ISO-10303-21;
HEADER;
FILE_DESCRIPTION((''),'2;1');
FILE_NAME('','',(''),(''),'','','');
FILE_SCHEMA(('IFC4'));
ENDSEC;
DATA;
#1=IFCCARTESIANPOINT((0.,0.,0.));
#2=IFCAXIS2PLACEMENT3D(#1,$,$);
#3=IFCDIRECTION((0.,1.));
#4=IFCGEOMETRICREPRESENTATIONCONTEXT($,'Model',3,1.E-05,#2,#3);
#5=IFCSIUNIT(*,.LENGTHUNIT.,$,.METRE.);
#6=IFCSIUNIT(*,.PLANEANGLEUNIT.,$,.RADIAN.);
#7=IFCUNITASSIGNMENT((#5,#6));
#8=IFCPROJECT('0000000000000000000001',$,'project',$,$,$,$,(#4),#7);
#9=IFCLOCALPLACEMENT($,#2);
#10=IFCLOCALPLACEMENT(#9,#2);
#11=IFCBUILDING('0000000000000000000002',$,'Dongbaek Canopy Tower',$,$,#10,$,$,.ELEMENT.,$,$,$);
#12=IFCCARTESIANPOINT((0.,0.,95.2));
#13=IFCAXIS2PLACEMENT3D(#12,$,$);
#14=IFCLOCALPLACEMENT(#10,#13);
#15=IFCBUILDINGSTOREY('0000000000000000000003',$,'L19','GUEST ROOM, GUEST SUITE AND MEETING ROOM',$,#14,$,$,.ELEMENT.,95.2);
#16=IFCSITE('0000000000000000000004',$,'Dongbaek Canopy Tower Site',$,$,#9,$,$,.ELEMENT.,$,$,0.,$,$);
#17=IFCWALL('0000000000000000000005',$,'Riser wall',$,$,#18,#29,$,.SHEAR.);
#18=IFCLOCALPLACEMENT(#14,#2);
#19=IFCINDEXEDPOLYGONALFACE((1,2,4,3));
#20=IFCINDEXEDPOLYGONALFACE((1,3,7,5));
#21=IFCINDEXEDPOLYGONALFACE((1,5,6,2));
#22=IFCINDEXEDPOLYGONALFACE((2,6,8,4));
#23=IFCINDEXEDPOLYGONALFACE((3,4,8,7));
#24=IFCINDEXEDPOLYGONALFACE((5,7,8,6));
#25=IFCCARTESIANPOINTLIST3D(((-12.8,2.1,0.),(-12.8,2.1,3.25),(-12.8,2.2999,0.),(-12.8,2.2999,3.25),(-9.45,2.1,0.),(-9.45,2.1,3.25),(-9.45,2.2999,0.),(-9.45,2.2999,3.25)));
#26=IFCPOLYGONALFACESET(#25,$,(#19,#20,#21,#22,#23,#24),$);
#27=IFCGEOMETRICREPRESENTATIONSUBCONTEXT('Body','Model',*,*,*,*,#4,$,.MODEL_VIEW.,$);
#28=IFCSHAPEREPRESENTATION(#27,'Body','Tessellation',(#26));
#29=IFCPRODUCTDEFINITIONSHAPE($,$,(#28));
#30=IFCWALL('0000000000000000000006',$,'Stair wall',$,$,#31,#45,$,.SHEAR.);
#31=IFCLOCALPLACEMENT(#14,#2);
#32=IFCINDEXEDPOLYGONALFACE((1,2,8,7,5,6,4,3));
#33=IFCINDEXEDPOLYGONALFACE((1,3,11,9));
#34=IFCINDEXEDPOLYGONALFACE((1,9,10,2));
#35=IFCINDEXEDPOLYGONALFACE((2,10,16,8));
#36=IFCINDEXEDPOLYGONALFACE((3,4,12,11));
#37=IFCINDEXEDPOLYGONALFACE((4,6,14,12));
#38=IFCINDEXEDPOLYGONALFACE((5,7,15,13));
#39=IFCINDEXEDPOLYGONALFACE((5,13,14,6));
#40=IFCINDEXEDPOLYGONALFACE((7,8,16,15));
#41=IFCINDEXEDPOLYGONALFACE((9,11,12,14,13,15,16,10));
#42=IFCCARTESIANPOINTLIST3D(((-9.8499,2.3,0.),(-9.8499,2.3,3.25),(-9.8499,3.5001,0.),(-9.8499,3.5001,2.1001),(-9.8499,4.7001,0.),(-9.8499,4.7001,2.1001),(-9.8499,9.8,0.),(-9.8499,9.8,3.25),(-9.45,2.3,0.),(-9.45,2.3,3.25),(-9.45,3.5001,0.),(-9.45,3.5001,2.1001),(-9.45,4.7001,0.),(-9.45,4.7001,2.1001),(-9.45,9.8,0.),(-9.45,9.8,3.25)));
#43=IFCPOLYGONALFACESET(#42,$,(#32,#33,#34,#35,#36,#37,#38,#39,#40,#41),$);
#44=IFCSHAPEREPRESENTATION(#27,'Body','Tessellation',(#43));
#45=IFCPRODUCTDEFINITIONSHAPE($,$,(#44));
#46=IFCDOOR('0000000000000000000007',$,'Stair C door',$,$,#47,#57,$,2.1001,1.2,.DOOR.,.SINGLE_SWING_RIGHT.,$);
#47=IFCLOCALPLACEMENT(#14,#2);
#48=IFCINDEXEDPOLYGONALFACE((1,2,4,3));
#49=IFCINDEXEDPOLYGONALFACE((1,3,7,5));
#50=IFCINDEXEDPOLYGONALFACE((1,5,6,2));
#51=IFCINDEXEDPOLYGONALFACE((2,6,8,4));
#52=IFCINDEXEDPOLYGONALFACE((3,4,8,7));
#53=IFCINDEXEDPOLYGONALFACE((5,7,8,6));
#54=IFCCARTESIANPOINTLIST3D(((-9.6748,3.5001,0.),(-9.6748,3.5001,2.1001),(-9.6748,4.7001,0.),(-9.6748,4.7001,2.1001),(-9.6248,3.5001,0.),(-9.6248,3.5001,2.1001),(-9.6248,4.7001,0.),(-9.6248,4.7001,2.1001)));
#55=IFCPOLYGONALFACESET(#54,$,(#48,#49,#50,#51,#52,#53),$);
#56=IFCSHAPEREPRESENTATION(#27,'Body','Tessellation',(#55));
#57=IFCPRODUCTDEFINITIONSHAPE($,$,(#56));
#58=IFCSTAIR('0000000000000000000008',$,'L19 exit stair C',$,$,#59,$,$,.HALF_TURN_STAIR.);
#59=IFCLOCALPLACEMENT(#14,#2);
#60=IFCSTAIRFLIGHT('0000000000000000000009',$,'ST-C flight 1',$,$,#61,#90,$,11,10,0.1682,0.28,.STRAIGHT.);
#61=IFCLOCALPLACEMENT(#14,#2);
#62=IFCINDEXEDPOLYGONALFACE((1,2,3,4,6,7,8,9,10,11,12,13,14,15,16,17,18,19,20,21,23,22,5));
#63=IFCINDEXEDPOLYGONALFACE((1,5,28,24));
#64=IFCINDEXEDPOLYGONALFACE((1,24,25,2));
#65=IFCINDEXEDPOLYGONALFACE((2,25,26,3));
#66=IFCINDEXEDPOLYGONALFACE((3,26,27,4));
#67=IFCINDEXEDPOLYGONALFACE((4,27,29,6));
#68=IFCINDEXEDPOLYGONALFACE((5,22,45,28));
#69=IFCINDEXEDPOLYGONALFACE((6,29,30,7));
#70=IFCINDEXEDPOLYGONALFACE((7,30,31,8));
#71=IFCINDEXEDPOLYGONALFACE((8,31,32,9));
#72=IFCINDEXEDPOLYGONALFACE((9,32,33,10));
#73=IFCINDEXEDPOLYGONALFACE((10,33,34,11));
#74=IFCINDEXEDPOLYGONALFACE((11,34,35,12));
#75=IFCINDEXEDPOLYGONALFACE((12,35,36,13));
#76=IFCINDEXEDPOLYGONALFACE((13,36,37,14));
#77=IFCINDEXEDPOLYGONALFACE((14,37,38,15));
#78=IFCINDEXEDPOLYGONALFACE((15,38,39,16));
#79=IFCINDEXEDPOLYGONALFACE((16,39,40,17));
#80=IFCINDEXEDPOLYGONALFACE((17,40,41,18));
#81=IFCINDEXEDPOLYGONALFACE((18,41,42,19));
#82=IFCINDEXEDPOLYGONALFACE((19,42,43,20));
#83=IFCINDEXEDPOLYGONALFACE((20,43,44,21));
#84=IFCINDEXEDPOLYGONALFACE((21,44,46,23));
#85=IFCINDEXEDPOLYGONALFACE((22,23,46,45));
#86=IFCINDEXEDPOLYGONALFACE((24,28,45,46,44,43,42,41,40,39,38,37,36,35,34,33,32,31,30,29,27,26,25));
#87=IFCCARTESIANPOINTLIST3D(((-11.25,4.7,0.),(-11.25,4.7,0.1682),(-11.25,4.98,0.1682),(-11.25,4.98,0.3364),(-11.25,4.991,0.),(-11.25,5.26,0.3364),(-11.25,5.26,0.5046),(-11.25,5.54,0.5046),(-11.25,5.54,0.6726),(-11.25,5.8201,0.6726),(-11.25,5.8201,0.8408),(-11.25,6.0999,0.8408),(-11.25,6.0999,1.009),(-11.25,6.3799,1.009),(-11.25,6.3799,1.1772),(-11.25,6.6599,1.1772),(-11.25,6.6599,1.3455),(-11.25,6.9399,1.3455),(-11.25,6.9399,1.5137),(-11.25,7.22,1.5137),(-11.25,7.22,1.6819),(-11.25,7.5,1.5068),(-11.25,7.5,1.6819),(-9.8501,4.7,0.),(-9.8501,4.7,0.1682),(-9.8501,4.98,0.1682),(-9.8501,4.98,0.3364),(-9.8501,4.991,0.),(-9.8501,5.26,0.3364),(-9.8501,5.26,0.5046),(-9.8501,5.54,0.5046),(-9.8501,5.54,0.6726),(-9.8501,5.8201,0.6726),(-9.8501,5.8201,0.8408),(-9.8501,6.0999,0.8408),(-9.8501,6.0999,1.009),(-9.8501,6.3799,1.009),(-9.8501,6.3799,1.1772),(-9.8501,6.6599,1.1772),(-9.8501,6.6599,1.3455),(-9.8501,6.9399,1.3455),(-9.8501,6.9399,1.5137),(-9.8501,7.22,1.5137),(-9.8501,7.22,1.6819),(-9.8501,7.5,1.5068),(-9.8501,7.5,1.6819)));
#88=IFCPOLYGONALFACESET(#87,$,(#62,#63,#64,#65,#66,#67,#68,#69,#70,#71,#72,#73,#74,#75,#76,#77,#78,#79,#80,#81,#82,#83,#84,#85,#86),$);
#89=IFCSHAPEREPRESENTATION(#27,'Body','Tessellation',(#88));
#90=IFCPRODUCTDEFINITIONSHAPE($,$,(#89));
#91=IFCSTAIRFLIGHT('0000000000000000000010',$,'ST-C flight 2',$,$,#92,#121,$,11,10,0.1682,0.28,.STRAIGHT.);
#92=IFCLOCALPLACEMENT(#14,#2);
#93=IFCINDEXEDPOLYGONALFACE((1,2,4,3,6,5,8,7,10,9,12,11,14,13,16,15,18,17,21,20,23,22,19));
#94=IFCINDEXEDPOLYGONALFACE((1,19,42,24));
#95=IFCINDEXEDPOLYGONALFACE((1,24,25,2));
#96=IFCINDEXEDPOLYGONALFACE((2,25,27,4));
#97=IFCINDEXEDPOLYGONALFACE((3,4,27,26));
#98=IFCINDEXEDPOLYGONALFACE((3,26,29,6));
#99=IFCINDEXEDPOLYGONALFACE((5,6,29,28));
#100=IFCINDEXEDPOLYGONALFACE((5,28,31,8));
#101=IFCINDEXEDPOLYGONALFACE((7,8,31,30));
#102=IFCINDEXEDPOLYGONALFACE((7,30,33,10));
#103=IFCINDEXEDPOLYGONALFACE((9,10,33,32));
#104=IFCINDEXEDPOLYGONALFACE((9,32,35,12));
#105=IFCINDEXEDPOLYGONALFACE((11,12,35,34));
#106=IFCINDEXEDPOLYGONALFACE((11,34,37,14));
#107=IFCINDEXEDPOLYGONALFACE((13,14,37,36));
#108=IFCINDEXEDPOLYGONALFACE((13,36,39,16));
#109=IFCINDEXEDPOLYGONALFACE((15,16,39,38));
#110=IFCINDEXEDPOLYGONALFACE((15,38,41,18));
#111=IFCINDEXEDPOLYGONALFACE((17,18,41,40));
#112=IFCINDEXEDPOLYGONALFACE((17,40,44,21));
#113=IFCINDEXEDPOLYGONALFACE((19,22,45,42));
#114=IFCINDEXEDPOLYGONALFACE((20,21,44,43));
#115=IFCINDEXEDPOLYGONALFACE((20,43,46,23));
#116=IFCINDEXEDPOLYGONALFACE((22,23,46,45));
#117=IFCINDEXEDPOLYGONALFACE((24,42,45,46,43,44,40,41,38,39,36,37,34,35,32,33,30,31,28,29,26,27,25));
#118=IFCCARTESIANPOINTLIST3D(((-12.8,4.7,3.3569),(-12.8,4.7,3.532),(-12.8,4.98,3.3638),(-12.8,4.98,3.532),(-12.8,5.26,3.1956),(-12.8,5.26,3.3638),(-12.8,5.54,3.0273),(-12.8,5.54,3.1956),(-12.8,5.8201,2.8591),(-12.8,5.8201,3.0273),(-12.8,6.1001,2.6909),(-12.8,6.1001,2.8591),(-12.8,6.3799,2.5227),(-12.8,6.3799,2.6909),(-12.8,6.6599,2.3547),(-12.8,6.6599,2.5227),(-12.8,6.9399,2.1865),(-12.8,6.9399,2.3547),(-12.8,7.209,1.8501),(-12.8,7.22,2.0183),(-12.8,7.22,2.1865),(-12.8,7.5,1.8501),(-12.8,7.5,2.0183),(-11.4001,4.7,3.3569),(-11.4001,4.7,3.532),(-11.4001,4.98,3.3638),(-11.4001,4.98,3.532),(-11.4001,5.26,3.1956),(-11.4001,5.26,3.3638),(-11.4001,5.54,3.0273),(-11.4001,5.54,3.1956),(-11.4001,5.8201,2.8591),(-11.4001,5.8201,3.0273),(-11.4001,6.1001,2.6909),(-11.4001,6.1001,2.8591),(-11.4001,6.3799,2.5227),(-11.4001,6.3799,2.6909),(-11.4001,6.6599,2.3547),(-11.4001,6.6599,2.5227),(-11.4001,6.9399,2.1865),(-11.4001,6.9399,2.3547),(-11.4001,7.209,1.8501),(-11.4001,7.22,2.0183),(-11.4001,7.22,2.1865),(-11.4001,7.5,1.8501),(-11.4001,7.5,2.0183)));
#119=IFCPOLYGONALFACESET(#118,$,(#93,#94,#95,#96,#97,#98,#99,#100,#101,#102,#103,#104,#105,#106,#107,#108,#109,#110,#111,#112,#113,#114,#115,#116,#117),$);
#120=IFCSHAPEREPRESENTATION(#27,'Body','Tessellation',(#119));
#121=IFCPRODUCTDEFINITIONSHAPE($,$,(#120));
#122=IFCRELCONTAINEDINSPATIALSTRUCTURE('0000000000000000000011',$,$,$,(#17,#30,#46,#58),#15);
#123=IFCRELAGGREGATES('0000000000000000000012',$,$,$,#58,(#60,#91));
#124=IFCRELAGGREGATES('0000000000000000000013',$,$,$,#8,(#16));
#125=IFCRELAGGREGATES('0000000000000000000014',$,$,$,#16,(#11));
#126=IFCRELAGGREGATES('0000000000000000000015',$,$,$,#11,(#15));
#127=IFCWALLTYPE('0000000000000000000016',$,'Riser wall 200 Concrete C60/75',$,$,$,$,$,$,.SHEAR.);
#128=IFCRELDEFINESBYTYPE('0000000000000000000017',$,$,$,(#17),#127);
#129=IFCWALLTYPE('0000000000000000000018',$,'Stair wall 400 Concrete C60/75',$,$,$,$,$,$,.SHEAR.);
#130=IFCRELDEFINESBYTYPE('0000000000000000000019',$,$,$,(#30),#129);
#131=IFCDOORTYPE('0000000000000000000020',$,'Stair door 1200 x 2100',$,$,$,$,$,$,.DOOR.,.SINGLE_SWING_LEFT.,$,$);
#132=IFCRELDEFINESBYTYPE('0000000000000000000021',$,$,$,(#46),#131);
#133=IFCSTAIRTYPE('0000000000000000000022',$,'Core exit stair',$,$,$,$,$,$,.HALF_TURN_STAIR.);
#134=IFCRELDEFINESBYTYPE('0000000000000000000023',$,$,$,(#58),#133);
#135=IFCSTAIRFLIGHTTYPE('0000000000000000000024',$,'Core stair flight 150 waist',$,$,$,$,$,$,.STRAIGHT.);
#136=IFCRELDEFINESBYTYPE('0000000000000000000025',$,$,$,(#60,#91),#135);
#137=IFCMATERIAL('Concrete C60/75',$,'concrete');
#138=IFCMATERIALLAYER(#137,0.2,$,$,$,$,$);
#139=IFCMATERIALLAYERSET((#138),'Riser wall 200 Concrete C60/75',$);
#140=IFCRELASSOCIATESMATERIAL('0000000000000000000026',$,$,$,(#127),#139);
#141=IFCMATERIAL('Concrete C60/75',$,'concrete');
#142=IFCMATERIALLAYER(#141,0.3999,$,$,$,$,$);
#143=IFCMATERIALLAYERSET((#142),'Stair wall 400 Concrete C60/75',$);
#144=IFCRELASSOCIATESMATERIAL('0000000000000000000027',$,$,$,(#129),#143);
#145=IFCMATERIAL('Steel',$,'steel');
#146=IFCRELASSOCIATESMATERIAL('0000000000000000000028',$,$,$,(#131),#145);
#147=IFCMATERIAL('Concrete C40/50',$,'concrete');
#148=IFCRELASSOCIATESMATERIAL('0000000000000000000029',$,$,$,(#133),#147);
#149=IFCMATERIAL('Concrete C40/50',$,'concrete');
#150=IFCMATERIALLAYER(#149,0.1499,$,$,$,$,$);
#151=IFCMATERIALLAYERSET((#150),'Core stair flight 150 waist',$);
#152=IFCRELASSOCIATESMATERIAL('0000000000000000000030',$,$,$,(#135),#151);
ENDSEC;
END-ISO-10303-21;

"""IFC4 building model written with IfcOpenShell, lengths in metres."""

from ifc_helpers import new_model, si_unit, direction, frame, frame_2d, origin, place, context, subcontext, project, spatial, polyline, rectangle, outline, extrude, material, layer, layer_set, type_object, element, fill, aggregate, save


model = new_model("IFC4")

# Units and contexts
model_context = context("Model", 3, precision=1e-05, world=origin(), true_north=direction((0.0, 1.0)))
body_context = subcontext(model_context, "Body", "Model", "MODEL_VIEW")
ifc_project = project(units=[si_unit("LENGTHUNIT", "METRE"), si_unit("PLANEANGLEUNIT", "RADIAN")], contexts=[model_context])

# Site, building, storey
site_placement = place(None, origin())
site = spatial("IfcSite", under=ifc_project, at=site_placement, Name="Dongbaek Canopy Tower Site", CompositionType="ELEMENT", RefElevation=0.0)
building_placement = place(site_placement, origin())
building = spatial("IfcBuilding", under=site, at=building_placement, Name="Dongbaek Canopy Tower", CompositionType="ELEMENT")
storey_placement = place(building_placement, frame((0.0, 0.0, 95.2)))
storey = spatial("IfcBuildingStorey", under=building, at=storey_placement, Name="L19", Description="GUEST ROOM, GUEST SUITE AND MEETING ROOM", CompositionType="ELEMENT", Elevation=95.2)

# Wall
ifc_material_1 = material(Name="Concrete C60/75", Category="concrete")
ifc_layer_1 = layer(ifc_material_1, 0.2)
ifc_layer_set_1 = layer_set([ifc_layer_1], Name="Riser wall 200 Concrete C60/75")
wall_type_1 = type_object("IfcWallType", Name="Riser wall 200 Concrete C60/75", PredefinedType="SHEAR", material=ifc_layer_set_1)
wall_1_placement = place(storey_placement, frame((-9.45, 2.2, 0.0), z_axis=(0.0, 0.0, 1.0), x_axis=(-1.0, 0.0, 0.0)))
element("IfcWall", 1, at=wall_1_placement, inside=storey, type_object=wall_type_1, Name="Riser wall", PredefinedType="SHEAR", context=body_context, shape_type="SweptSolid", body=[
    extrude(rectangle(XDim=3.3501, YDim=0.2, at=frame_2d((1.675, 0.0))), origin(), (0.0, 0.0, 1.0), 3.25),
])

# Wall, opening, door
ifc_material_2 = material(Name="Concrete C60/75", Category="concrete")
ifc_layer_2 = layer(ifc_material_2, 0.3999)
ifc_layer_set_2 = layer_set([ifc_layer_2], Name="Stair wall 400 Concrete C60/75")
wall_type_2 = type_object("IfcWallType", Name="Stair wall 400 Concrete C60/75", PredefinedType="SHEAR", material=ifc_layer_set_2)
wall_2_placement = place(storey_placement, frame((-9.6499, 2.3, 0.0), z_axis=(0.0, 0.0, 1.0), x_axis=(0.0, 1.0, 0.0)))
wall_2 = element("IfcWall", 2, at=wall_2_placement, inside=storey, type_object=wall_type_2, Name="Stair wall", PredefinedType="SHEAR", context=body_context, shape_type="SweptSolid", body=[
    extrude(rectangle(XDim=7.5, YDim=0.3999, at=frame_2d((3.75, 0.0))), origin(), (0.0, 0.0, 1.0), 3.25),
])
opening_1_placement = place(wall_2_placement, frame((1.2, 0.0, 0.0)))
opening_1 = element("IfcOpeningElement", 3, at=opening_1_placement, cuts=wall_2, PredefinedType="OPENING", context=body_context, shape_type="SweptSolid", body=[
    extrude(rectangle(XDim=1.2, YDim=2.1001, at=frame_2d((0.6001, 1.05))), frame((0.0, 0.21, 0.0), z_axis=(0.0, -1.0, 0.0), x_axis=(1.0, 0.0, 0.0)), (0.0, 0.0, 1.0), 0.4199),
])
ifc_material_3 = material(Name="Steel", Category="steel")
door_type_1 = type_object("IfcDoorType", Name="Stair door 1200 x 2100", OperationType="SINGLE_SWING_LEFT", PredefinedType="DOOR", material=ifc_material_3)
door_1_placement = place(opening_1_placement, origin())
door_1 = element("IfcDoor", 4, at=door_1_placement, inside=storey, type_object=door_type_1, Name="Stair C door", OperationType="SINGLE_SWING_RIGHT", OverallHeight=2.1001, OverallWidth=1.2, PredefinedType="DOOR", context=body_context, shape_type="SweptSolid", body=[
    extrude(rectangle(XDim=1.2, YDim=2.1001, at=frame_2d((0.6001, 1.05))), frame((0.0, 0.0249, 0.0), z_axis=(0.0, -1.0, 0.0), x_axis=(1.0, 0.0, 0.0)), (0.0, 0.0, 1.0), 0.05),
])
fill(opening_1, door_1)

# Stair, stair flights
ifc_material_4 = material(Name="Concrete C40/50", Category="concrete")
stair_type = type_object("IfcStairType", Name="Core exit stair", PredefinedType="HALF_TURN_STAIR", material=ifc_material_4)
stair_placement = place(storey_placement, origin())
stair = element("IfcStair", 5, at=stair_placement, inside=storey, type_object=stair_type, Name="L19 exit stair C", PredefinedType="HALF_TURN_STAIR")
ifc_material_5 = material(Name="Concrete C40/50", Category="concrete")
ifc_layer_3 = layer(ifc_material_5, 0.1499)
ifc_layer_set_3 = layer_set([ifc_layer_3], Name="Core stair flight 150 waist")
stair_flight_type = type_object("IfcStairFlightType", Name="Core stair flight 150 waist", PredefinedType="STRAIGHT", material=ifc_layer_set_3)
stair_flight_1_placement = place(storey_placement, frame((-10.55, 4.7, 0.0), z_axis=(0.0, 0.0, 1.0), x_axis=(0.0, 1.0, 0.0)))
stair_flight_1 = element("IfcStairFlight", 6, at=stair_flight_1_placement, type_object=stair_flight_type, Name="ST-C flight 1", NumberOfRisers=11, NumberOfTreads=10, PredefinedType="STRAIGHT", RiserHeight=0.1682, TreadLength=0.28, context=body_context, shape_type="SweptSolid", body=[
    extrude(outline(polyline([(0.0, 0.0), (0.0, 0.1682), (0.28, 0.1682), (0.28, 0.3364), (0.5601, 0.3364), (0.5601, 0.5046), (0.8401, 0.5046), (0.8401, 0.6726), (1.1201, 0.6726), (1.1201, 0.8408), (1.3999, 0.8408), (1.3999, 1.009), (1.6799, 1.009), (1.6799, 1.1772), (1.96, 1.1772), (1.96, 1.3455), (2.24, 1.3455), (2.24, 1.5137), (2.52, 1.5137), (2.52, 1.6819), (2.8, 1.6819), (2.8, 1.8501), (2.8, 1.5068), (0.291, 0.0), (0.0, 0.0)])), frame((0.0, 0.7, 0.0), z_axis=(0.0, -1.0, 0.0), x_axis=(1.0, 0.0, 0.0)), (0.0, 0.0, 1.0), 1.3999),
])
stair_flight_2_placement = place(storey_placement, frame((-12.1001, 7.5, 1.8501), z_axis=(0.0, 0.0, 1.0), x_axis=(0.0, -1.0, 0.0)))
stair_flight_2 = element("IfcStairFlight", 7, at=stair_flight_2_placement, type_object=stair_flight_type, Name="ST-C flight 2", NumberOfRisers=11, NumberOfTreads=10, PredefinedType="STRAIGHT", RiserHeight=0.1682, TreadLength=0.28, context=body_context, shape_type="SweptSolid", body=[
    extrude(outline(polyline([(0.0, 0.0), (0.0, 0.1682), (0.28, 0.1682), (0.28, 0.3364), (0.5601, 0.3364), (0.5601, 0.5046), (0.8401, 0.5046), (0.8401, 0.6726), (1.1201, 0.6726), (1.1201, 0.8408), (1.3999, 0.8408), (1.3999, 1.009), (1.6799, 1.009), (1.6799, 1.1772), (1.96, 1.1772), (1.96, 1.3455), (2.24, 1.3455), (2.24, 1.5137), (2.52, 1.5137), (2.52, 1.6819), (2.8, 1.6819), (2.8, 1.8501), (2.8, 1.5068), (0.291, 0.0), (0.0, 0.0)])), frame((0.0, 0.7, 0.0), z_axis=(0.0, -1.0, 0.0), x_axis=(1.0, 0.0, 0.0)), (0.0, 0.0, 1.0), 1.3999),
])
aggregate(stair, [stair_flight_1, stair_flight_2])

save(model, "model.ifc")
